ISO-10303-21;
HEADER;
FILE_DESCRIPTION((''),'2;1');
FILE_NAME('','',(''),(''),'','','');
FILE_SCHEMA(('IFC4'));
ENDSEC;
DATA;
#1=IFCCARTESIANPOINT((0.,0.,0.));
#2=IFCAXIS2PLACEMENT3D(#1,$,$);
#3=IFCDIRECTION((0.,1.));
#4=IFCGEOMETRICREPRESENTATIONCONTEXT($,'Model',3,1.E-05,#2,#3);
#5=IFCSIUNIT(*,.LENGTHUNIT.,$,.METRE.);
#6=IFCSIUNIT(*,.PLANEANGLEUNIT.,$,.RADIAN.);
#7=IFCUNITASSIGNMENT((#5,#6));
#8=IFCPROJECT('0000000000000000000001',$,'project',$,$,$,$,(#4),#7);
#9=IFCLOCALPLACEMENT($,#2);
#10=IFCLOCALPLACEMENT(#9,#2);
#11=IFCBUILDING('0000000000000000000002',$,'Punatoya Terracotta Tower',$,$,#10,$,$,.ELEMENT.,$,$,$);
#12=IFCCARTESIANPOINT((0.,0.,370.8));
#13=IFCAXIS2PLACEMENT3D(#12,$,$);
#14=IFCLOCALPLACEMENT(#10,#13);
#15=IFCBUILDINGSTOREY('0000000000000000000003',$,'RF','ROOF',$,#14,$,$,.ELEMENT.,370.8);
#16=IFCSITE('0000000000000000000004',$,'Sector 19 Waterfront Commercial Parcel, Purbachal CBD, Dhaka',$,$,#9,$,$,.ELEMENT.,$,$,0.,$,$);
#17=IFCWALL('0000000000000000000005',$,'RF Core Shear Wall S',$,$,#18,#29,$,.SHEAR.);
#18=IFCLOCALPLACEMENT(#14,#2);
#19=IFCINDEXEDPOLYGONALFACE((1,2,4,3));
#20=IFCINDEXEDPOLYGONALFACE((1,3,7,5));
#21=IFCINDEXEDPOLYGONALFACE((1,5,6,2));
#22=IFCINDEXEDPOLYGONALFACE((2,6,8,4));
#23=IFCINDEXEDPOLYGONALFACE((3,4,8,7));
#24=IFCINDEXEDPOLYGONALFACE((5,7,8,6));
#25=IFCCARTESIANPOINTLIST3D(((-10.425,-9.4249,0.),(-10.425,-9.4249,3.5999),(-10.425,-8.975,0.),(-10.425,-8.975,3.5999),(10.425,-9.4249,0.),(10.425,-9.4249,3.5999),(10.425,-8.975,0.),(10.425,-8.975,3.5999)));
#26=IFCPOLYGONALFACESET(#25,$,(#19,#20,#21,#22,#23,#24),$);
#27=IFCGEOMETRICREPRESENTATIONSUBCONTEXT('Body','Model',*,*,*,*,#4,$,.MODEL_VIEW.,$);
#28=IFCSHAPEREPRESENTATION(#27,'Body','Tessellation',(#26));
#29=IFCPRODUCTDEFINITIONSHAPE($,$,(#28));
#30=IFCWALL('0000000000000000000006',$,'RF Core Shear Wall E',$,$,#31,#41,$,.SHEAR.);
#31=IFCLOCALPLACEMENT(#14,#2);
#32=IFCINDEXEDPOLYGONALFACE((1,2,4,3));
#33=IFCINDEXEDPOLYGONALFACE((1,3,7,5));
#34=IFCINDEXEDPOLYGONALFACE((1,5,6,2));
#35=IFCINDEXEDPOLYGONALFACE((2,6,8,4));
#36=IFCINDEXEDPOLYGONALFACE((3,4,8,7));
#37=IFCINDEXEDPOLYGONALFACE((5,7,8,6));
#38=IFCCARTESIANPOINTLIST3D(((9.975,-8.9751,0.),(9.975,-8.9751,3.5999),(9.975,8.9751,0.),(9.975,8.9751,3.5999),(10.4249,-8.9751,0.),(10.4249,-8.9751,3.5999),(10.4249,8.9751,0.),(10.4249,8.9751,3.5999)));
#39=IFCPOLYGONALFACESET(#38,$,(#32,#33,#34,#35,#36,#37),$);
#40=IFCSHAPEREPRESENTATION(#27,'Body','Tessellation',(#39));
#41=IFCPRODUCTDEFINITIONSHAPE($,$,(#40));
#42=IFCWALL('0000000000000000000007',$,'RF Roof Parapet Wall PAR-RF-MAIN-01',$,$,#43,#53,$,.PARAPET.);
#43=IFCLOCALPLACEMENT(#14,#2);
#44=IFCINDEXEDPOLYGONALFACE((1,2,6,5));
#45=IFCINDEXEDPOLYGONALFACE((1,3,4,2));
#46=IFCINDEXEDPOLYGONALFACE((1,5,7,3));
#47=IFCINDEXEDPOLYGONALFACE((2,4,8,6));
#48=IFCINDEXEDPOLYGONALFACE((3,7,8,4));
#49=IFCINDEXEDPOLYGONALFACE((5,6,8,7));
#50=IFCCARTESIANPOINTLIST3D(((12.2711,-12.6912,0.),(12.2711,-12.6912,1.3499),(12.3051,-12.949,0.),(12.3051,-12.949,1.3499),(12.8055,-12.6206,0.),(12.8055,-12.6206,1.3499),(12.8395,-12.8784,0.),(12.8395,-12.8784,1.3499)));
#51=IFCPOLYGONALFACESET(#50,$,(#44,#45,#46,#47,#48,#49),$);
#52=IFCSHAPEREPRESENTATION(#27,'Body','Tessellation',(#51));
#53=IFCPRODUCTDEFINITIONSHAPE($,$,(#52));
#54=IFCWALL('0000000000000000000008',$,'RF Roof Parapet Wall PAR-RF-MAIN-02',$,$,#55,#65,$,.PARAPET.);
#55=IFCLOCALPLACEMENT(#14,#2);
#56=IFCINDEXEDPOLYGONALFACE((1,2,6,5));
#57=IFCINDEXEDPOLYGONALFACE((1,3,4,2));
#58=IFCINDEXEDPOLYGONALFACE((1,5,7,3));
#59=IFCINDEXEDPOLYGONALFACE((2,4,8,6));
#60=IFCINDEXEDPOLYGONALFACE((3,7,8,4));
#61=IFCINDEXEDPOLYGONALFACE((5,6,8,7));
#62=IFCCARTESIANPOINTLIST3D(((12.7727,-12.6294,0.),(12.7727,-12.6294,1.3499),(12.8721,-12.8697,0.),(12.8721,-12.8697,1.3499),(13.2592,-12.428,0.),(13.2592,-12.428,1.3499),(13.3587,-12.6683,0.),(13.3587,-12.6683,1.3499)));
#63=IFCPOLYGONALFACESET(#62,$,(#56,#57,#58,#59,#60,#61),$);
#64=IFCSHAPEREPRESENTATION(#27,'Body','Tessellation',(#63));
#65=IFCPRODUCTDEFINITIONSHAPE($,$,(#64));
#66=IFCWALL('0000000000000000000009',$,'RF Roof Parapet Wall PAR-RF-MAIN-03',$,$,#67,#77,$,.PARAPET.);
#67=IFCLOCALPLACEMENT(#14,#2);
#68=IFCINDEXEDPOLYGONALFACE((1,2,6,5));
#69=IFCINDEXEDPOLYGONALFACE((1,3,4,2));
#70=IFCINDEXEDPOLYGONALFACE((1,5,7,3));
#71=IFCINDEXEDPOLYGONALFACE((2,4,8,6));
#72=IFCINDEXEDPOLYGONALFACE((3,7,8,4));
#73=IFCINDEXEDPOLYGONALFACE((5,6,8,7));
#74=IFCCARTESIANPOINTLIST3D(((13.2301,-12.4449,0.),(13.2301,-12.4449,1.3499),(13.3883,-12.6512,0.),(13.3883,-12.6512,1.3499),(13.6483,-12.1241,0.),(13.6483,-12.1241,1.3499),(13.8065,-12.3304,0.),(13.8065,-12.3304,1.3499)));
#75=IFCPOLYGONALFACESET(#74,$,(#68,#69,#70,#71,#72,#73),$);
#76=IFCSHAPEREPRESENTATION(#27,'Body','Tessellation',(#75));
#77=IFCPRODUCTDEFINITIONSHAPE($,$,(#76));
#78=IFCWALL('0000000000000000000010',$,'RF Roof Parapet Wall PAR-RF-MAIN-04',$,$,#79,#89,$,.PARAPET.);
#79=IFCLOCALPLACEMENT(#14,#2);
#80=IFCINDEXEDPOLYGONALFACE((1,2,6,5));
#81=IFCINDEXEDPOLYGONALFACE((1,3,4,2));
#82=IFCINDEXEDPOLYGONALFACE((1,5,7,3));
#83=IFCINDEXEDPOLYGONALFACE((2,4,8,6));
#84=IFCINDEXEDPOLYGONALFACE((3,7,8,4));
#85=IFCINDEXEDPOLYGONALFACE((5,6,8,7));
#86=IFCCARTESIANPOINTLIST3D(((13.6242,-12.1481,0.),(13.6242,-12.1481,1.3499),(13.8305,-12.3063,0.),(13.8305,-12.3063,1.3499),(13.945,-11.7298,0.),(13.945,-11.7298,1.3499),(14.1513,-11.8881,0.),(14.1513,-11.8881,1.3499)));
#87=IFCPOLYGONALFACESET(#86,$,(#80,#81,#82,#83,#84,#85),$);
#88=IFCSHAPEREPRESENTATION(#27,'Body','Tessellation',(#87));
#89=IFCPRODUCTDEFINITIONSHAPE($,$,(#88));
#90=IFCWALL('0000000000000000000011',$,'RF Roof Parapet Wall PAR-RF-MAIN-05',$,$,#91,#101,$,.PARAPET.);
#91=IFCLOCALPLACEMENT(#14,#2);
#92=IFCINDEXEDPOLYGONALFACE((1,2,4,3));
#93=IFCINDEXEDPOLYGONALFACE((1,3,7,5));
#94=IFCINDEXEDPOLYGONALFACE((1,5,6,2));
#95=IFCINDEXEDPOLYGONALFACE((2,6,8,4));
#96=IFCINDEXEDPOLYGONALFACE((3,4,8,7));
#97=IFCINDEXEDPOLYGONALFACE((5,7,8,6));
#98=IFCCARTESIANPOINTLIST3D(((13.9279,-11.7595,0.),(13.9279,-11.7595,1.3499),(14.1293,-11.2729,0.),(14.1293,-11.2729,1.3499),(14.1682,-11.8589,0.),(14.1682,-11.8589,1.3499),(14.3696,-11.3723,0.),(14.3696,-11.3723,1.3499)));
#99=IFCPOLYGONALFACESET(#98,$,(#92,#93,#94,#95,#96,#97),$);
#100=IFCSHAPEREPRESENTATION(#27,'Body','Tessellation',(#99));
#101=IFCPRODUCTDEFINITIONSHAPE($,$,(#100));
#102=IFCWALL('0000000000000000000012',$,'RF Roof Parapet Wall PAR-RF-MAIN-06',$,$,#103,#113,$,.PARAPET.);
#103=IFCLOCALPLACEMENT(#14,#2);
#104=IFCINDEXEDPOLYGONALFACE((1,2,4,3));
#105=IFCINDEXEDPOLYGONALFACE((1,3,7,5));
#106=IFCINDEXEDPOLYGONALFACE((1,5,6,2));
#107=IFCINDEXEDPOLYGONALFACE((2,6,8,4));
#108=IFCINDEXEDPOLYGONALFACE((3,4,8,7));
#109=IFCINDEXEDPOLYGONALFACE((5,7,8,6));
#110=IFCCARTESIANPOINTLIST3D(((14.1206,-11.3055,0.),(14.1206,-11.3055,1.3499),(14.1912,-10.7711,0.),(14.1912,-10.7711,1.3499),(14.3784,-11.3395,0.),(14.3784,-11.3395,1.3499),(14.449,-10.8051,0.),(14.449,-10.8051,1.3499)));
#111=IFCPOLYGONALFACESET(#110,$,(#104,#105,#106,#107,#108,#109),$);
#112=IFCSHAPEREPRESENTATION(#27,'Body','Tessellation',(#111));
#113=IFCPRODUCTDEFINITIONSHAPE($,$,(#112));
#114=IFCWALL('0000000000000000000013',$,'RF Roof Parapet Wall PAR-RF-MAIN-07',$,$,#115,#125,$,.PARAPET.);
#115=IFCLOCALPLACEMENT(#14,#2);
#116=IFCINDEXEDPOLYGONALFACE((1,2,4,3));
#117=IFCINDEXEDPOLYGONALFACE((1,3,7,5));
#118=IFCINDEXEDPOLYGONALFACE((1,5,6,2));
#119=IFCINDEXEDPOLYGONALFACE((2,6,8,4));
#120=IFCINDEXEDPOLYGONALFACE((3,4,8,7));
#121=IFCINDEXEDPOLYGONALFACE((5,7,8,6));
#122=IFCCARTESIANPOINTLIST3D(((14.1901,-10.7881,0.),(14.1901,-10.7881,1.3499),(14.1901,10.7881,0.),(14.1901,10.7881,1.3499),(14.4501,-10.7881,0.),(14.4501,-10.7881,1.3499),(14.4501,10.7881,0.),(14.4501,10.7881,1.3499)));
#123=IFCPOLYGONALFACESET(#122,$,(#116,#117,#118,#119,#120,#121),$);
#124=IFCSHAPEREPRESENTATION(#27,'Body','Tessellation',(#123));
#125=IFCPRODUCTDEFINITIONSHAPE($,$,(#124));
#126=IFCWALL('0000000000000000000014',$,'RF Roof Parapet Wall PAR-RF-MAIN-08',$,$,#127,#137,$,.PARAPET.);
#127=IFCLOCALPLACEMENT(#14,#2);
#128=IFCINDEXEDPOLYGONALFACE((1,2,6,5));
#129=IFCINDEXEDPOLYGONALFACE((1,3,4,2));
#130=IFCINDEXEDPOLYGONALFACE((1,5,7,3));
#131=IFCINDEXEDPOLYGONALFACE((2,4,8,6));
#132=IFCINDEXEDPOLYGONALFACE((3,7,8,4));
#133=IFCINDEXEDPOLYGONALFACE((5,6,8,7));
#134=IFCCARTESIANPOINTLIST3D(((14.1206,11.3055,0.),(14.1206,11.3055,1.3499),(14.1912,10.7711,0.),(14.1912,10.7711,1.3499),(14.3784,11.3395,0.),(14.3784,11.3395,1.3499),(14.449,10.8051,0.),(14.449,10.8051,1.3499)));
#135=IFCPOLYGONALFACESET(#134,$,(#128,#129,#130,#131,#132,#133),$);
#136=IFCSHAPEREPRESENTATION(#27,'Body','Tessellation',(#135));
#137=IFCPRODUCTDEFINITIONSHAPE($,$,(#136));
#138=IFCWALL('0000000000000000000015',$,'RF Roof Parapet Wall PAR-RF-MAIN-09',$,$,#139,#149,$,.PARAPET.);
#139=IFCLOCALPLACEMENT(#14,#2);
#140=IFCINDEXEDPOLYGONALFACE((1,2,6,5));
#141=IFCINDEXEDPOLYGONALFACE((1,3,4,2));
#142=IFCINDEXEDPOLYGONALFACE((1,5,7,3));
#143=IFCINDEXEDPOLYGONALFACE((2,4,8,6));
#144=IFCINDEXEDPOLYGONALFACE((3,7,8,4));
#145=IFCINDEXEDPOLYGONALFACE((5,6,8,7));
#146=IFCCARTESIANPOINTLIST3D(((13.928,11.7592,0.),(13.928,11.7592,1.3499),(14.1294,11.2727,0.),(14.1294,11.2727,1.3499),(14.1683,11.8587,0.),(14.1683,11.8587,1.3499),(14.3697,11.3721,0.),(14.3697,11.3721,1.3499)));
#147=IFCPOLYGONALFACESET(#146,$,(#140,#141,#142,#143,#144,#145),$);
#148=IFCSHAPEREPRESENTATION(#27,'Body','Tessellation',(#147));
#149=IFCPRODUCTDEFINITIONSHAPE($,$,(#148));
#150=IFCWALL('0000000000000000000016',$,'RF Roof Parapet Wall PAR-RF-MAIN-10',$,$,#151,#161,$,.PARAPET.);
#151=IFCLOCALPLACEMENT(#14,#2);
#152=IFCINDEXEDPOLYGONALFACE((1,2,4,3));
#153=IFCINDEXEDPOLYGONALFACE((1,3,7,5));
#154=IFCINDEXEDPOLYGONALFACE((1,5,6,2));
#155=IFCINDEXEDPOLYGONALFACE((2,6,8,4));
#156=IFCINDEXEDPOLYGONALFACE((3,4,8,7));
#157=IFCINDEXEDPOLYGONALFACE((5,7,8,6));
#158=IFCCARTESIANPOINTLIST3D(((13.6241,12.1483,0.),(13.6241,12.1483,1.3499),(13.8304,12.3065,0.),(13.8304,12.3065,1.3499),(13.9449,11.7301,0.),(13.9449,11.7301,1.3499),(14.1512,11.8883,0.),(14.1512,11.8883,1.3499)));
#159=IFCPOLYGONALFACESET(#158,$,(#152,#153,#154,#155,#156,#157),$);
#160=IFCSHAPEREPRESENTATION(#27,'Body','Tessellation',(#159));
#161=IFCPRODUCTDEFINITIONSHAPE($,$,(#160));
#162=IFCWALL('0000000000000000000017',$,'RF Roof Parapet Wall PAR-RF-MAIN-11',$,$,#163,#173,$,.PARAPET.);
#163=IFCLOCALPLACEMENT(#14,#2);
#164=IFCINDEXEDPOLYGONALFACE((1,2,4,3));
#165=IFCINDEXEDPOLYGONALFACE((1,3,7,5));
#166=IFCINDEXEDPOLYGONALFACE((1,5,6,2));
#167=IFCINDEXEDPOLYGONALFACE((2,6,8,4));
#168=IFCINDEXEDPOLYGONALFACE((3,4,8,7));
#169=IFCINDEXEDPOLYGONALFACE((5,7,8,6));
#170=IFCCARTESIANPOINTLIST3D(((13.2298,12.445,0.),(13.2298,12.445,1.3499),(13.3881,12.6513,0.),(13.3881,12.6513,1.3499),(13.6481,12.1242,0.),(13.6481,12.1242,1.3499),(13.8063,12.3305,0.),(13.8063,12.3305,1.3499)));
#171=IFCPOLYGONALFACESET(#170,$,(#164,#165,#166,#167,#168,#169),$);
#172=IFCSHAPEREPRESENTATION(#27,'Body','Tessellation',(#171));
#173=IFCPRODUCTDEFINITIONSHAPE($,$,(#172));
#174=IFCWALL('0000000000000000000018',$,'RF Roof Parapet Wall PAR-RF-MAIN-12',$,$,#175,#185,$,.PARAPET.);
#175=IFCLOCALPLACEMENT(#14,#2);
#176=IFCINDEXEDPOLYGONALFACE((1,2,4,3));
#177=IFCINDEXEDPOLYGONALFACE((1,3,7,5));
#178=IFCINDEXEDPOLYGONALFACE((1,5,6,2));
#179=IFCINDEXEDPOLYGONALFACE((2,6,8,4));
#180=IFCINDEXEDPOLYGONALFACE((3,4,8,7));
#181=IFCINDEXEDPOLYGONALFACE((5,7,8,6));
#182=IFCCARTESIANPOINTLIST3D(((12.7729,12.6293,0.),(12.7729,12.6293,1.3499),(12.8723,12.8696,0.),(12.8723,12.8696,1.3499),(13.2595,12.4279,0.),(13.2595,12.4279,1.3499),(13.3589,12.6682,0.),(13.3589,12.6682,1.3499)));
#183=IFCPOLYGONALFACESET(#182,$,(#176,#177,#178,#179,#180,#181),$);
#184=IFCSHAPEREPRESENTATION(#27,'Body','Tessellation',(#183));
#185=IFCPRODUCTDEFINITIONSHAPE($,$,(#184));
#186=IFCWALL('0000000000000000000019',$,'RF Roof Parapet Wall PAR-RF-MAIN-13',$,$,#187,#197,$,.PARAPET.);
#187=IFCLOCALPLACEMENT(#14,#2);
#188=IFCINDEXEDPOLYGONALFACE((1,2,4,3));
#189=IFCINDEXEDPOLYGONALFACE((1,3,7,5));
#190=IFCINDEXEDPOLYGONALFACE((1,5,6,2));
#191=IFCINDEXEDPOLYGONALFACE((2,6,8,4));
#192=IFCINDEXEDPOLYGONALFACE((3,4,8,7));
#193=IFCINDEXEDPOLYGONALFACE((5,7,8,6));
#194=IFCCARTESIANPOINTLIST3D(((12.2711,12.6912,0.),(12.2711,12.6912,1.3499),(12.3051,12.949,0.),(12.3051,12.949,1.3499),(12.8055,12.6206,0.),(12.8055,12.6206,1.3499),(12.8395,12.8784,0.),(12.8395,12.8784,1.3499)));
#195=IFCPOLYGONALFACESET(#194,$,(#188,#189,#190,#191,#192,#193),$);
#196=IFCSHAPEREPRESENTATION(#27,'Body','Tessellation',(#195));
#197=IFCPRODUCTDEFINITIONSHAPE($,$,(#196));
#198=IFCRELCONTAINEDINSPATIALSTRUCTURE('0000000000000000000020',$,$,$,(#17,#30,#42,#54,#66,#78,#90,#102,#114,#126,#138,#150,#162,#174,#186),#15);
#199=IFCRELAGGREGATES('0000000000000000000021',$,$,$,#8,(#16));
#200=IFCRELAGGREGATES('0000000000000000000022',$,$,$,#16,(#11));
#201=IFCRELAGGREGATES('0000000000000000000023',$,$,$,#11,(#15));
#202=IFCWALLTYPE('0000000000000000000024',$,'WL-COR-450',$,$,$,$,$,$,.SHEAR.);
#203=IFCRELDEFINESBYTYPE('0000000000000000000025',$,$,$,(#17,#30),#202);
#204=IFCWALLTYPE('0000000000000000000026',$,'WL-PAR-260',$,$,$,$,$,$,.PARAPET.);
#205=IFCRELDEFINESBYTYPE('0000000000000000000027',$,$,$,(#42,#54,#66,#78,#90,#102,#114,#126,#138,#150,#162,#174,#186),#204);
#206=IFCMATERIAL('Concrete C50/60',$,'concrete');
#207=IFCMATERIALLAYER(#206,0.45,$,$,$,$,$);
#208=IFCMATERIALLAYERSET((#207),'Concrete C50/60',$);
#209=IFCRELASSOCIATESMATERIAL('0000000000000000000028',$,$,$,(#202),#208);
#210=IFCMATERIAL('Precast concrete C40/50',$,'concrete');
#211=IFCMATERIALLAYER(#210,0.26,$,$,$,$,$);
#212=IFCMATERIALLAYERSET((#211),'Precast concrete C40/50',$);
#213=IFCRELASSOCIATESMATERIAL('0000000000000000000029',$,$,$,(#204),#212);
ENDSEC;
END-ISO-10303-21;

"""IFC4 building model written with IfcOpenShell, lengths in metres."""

from ifc_helpers import new_model, si_unit, direction, frame, frame_2d, origin, place, context, subcontext, project, spatial, rectangle, extrude, material, layer, layer_set, type_object, element, save


model = new_model("IFC4")

# Units and contexts
model_context = context("Model", 3, precision=1e-05, world=origin(), true_north=direction((0.0, 1.0)))
body_context = subcontext(model_context, "Body", "Model", "MODEL_VIEW")
ifc_project = project(units=[si_unit("LENGTHUNIT", "METRE"), si_unit("PLANEANGLEUNIT", "RADIAN")], contexts=[model_context])

# Site, building, storey
site_placement = place(None, origin())
site = spatial("IfcSite", under=ifc_project, at=site_placement, Name="Sector 19 Waterfront Commercial Parcel, Purbachal CBD, Dhaka", CompositionType="ELEMENT", RefElevation=0.0)
building_placement = place(site_placement, origin())
building = spatial("IfcBuilding", under=site, at=building_placement, Name="Punatoya Terracotta Tower", CompositionType="ELEMENT")
storey_placement = place(building_placement, frame((0.0, 0.0, 370.8)))
storey = spatial("IfcBuildingStorey", under=building, at=storey_placement, Name="RF", Description="ROOF", CompositionType="ELEMENT", Elevation=370.8)

# Walls
ifc_material_1 = material(Name="Concrete C50/60", Category="concrete")
ifc_layer_1 = layer(ifc_material_1, 0.45)
ifc_layer_set_1 = layer_set([ifc_layer_1], Name="Concrete C50/60")
wall_type_1 = type_object("IfcWallType", Name="WL-COR-450", PredefinedType="SHEAR", material=ifc_layer_set_1)
wall_1_placement = place(storey_placement, frame((10.425, -9.2, 0.0), z_axis=(0.0, 0.0, 1.0), x_axis=(-1.0, 0.0, 0.0)))
element("IfcWall", 1, at=wall_1_placement, inside=storey, type_object=wall_type_1, Name="RF Core Shear Wall S", PredefinedType="SHEAR", context=body_context, shape_type="SweptSolid", body=[
    extrude(rectangle(XDim=20.8501, YDim=0.45, at=frame_2d((10.425, 0.0))), origin(), (0.0, 0.0, 1.0), 3.5999),
])
wall_2_placement = place(storey_placement, frame((10.2, 8.9751, 0.0), z_axis=(0.0, 0.0, 1.0), x_axis=(0.0, -1.0, 0.0)))
element("IfcWall", 2, at=wall_2_placement, inside=storey, type_object=wall_type_1, Name="RF Core Shear Wall E", PredefinedType="SHEAR", context=body_context, shape_type="SweptSolid", body=[
    extrude(rectangle(XDim=17.9502, YDim=0.45, at=frame_2d((8.9751, 0.0))), origin(), (0.0, 0.0, 1.0), 3.5999),
])
ifc_material_2 = material(Name="Precast concrete C40/50", Category="concrete")
ifc_layer_2 = layer(ifc_material_2, 0.26)
ifc_layer_set_2 = layer_set([ifc_layer_2], Name="Precast concrete C40/50")
wall_type_2 = type_object("IfcWallType", Name="WL-PAR-260", PredefinedType="PARAPET", material=ifc_layer_set_2)
wall_3_placement = place(storey_placement, frame((12.2881, -12.8201, 0.0), z_axis=(0.0, 0.0, 1.0), x_axis=(0.991397, 0.130888, 0.0)))
element("IfcWall", 3, at=wall_3_placement, inside=storey, type_object=wall_type_2, Name="RF Roof Parapet Wall PAR-RF-MAIN-01", PredefinedType="PARAPET", context=body_context, shape_type="SweptSolid", body=[
    extrude(rectangle(XDim=0.5391, YDim=0.26, at=frame_2d((0.2695, 0.0))), origin(), (0.0, 0.0, 1.0), 1.3499),
])
wall_4_placement = place(storey_placement, frame((12.8225, -12.7495, 0.0), z_axis=(0.0, 0.0, 1.0), x_axis=(0.923966, 0.382475, 0.0)))
element("IfcWall", 4, at=wall_4_placement, inside=storey, type_object=wall_type_2, Name="RF Roof Parapet Wall PAR-RF-MAIN-02", PredefinedType="PARAPET", context=body_context, shape_type="SweptSolid", body=[
    extrude(rectangle(XDim=0.5266, YDim=0.26, at=frame_2d((0.2632, 0.0))), origin(), (0.0, 0.0, 1.0), 1.3499),
])
for number, where, z_axis, x_axis, name in (
    (5, (13.3091, -12.5481, 0.0), (0.0, 0.0, 1.0), (0.79345, 0.608636, 0.0), "RF Roof Parapet Wall PAR-RF-MAIN-03"),
    (6, (13.7273, -12.2273, 0.0), (0.0, 0.0, 1.0), (0.608636, 0.79345, 0.0), "RF Roof Parapet Wall PAR-RF-MAIN-04"),
):
    element("IfcWall", number, at=place(storey_placement, frame(where, z_axis=z_axis, x_axis=x_axis)), inside=storey, type_object=wall_type_2, Name=name, PredefinedType="PARAPET", context=body_context, shape_type="SweptSolid", body=[
        extrude(rectangle(XDim=0.5271, YDim=0.26, at=frame_2d((0.2637, 0.0))), origin(), (0.0, 0.0, 1.0), 1.3499),
    ])
wall_5_placement = place(storey_placement, frame((14.0481, -11.8091, 0.0), z_axis=(0.0, 0.0, 1.0), x_axis=(0.382475, 0.923966, 0.0)))
element("IfcWall", 7, at=wall_5_placement, inside=storey, type_object=wall_type_2, Name="RF Roof Parapet Wall PAR-RF-MAIN-05", PredefinedType="PARAPET", context=body_context, shape_type="SweptSolid", body=[
    extrude(rectangle(XDim=0.5266, YDim=0.26, at=frame_2d((0.2632, 0.0))), origin(), (0.0, 0.0, 1.0), 1.3499),
])
wall_6_placement = place(storey_placement, frame((14.2495, -11.3225, 0.0), z_axis=(0.0, 0.0, 1.0), x_axis=(0.130888, 0.991397, 0.0)))
element("IfcWall", 8, at=wall_6_placement, inside=storey, type_object=wall_type_2, Name="RF Roof Parapet Wall PAR-RF-MAIN-06", PredefinedType="PARAPET", context=body_context, shape_type="SweptSolid", body=[
    extrude(rectangle(XDim=0.5391, YDim=0.26, at=frame_2d((0.2695, 0.0))), origin(), (0.0, 0.0, 1.0), 1.3499),
])
wall_7_placement = place(storey_placement, frame((14.3201, -10.7881, 0.0), z_axis=(0.0, 0.0, 1.0), x_axis=(0.0, 1.0, 0.0)))
element("IfcWall", 9, at=wall_7_placement, inside=storey, type_object=wall_type_2, Name="RF Roof Parapet Wall PAR-RF-MAIN-07", PredefinedType="PARAPET", context=body_context, shape_type="SweptSolid", body=[
    extrude(rectangle(XDim=21.5762, YDim=0.26, at=frame_2d((10.7881, 0.0))), origin(), (0.0, 0.0, 1.0), 1.3499),
])
wall_8_placement = place(storey_placement, frame((14.3201, 10.7881, 0.0), z_axis=(0.0, 0.0, 1.0), x_axis=(-0.130888, 0.991397, 0.0)))
element("IfcWall", 10, at=wall_8_placement, inside=storey, type_object=wall_type_2, Name="RF Roof Parapet Wall PAR-RF-MAIN-08", PredefinedType="PARAPET", context=body_context, shape_type="SweptSolid", body=[
    extrude(rectangle(XDim=0.5391, YDim=0.26, at=frame_2d((0.2695, 0.0))), origin(), (0.0, 0.0, 1.0), 1.3499),
])
wall_9_placement = place(storey_placement, frame((14.2495, 11.3225, 0.0), z_axis=(0.0, 0.0, 1.0), x_axis=(-0.382475, 0.923966, 0.0)))
element("IfcWall", 11, at=wall_9_placement, inside=storey, type_object=wall_type_2, Name="RF Roof Parapet Wall PAR-RF-MAIN-09", PredefinedType="PARAPET", context=body_context, shape_type="SweptSolid", body=[
    extrude(rectangle(XDim=0.5266, YDim=0.26, at=frame_2d((0.2632, 0.0))), origin(), (0.0, 0.0, 1.0), 1.3499),
])
for number, where, z_axis, x_axis, name in (
    (12, (14.0481, 11.8091, 0.0), (0.0, 0.0, 1.0), (-0.608636, 0.79345, 0.0), "RF Roof Parapet Wall PAR-RF-MAIN-10"),
    (13, (13.7273, 12.2273, 0.0), (0.0, 0.0, 1.0), (-0.79345, 0.608636, 0.0), "RF Roof Parapet Wall PAR-RF-MAIN-11"),
):
    element("IfcWall", number, at=place(storey_placement, frame(where, z_axis=z_axis, x_axis=x_axis)), inside=storey, type_object=wall_type_2, Name=name, PredefinedType="PARAPET", context=body_context, shape_type="SweptSolid", body=[
        extrude(rectangle(XDim=0.5271, YDim=0.26, at=frame_2d((0.2637, 0.0))), origin(), (0.0, 0.0, 1.0), 1.3499),
    ])
wall_10_placement = place(storey_placement, frame((13.3091, 12.5481, 0.0), z_axis=(0.0, 0.0, 1.0), x_axis=(-0.923966, 0.382475, 0.0)))
element("IfcWall", 14, at=wall_10_placement, inside=storey, type_object=wall_type_2, Name="RF Roof Parapet Wall PAR-RF-MAIN-12", PredefinedType="PARAPET", context=body_context, shape_type="SweptSolid", body=[
    extrude(rectangle(XDim=0.5266, YDim=0.26, at=frame_2d((0.2632, 0.0))), origin(), (0.0, 0.0, 1.0), 1.3499),
])
wall_11_placement = place(storey_placement, frame((12.8225, 12.7495, 0.0), z_axis=(0.0, 0.0, 1.0), x_axis=(-0.991397, 0.130888, 0.0)))
element("IfcWall", 15, at=wall_11_placement, inside=storey, type_object=wall_type_2, Name="RF Roof Parapet Wall PAR-RF-MAIN-13", PredefinedType="PARAPET", context=body_context, shape_type="SweptSolid", body=[
    extrude(rectangle(XDim=0.5391, YDim=0.26, at=frame_2d((0.2695, 0.0))), origin(), (0.0, 0.0, 1.0), 1.3499),
])

save(model, "model.ifc")
